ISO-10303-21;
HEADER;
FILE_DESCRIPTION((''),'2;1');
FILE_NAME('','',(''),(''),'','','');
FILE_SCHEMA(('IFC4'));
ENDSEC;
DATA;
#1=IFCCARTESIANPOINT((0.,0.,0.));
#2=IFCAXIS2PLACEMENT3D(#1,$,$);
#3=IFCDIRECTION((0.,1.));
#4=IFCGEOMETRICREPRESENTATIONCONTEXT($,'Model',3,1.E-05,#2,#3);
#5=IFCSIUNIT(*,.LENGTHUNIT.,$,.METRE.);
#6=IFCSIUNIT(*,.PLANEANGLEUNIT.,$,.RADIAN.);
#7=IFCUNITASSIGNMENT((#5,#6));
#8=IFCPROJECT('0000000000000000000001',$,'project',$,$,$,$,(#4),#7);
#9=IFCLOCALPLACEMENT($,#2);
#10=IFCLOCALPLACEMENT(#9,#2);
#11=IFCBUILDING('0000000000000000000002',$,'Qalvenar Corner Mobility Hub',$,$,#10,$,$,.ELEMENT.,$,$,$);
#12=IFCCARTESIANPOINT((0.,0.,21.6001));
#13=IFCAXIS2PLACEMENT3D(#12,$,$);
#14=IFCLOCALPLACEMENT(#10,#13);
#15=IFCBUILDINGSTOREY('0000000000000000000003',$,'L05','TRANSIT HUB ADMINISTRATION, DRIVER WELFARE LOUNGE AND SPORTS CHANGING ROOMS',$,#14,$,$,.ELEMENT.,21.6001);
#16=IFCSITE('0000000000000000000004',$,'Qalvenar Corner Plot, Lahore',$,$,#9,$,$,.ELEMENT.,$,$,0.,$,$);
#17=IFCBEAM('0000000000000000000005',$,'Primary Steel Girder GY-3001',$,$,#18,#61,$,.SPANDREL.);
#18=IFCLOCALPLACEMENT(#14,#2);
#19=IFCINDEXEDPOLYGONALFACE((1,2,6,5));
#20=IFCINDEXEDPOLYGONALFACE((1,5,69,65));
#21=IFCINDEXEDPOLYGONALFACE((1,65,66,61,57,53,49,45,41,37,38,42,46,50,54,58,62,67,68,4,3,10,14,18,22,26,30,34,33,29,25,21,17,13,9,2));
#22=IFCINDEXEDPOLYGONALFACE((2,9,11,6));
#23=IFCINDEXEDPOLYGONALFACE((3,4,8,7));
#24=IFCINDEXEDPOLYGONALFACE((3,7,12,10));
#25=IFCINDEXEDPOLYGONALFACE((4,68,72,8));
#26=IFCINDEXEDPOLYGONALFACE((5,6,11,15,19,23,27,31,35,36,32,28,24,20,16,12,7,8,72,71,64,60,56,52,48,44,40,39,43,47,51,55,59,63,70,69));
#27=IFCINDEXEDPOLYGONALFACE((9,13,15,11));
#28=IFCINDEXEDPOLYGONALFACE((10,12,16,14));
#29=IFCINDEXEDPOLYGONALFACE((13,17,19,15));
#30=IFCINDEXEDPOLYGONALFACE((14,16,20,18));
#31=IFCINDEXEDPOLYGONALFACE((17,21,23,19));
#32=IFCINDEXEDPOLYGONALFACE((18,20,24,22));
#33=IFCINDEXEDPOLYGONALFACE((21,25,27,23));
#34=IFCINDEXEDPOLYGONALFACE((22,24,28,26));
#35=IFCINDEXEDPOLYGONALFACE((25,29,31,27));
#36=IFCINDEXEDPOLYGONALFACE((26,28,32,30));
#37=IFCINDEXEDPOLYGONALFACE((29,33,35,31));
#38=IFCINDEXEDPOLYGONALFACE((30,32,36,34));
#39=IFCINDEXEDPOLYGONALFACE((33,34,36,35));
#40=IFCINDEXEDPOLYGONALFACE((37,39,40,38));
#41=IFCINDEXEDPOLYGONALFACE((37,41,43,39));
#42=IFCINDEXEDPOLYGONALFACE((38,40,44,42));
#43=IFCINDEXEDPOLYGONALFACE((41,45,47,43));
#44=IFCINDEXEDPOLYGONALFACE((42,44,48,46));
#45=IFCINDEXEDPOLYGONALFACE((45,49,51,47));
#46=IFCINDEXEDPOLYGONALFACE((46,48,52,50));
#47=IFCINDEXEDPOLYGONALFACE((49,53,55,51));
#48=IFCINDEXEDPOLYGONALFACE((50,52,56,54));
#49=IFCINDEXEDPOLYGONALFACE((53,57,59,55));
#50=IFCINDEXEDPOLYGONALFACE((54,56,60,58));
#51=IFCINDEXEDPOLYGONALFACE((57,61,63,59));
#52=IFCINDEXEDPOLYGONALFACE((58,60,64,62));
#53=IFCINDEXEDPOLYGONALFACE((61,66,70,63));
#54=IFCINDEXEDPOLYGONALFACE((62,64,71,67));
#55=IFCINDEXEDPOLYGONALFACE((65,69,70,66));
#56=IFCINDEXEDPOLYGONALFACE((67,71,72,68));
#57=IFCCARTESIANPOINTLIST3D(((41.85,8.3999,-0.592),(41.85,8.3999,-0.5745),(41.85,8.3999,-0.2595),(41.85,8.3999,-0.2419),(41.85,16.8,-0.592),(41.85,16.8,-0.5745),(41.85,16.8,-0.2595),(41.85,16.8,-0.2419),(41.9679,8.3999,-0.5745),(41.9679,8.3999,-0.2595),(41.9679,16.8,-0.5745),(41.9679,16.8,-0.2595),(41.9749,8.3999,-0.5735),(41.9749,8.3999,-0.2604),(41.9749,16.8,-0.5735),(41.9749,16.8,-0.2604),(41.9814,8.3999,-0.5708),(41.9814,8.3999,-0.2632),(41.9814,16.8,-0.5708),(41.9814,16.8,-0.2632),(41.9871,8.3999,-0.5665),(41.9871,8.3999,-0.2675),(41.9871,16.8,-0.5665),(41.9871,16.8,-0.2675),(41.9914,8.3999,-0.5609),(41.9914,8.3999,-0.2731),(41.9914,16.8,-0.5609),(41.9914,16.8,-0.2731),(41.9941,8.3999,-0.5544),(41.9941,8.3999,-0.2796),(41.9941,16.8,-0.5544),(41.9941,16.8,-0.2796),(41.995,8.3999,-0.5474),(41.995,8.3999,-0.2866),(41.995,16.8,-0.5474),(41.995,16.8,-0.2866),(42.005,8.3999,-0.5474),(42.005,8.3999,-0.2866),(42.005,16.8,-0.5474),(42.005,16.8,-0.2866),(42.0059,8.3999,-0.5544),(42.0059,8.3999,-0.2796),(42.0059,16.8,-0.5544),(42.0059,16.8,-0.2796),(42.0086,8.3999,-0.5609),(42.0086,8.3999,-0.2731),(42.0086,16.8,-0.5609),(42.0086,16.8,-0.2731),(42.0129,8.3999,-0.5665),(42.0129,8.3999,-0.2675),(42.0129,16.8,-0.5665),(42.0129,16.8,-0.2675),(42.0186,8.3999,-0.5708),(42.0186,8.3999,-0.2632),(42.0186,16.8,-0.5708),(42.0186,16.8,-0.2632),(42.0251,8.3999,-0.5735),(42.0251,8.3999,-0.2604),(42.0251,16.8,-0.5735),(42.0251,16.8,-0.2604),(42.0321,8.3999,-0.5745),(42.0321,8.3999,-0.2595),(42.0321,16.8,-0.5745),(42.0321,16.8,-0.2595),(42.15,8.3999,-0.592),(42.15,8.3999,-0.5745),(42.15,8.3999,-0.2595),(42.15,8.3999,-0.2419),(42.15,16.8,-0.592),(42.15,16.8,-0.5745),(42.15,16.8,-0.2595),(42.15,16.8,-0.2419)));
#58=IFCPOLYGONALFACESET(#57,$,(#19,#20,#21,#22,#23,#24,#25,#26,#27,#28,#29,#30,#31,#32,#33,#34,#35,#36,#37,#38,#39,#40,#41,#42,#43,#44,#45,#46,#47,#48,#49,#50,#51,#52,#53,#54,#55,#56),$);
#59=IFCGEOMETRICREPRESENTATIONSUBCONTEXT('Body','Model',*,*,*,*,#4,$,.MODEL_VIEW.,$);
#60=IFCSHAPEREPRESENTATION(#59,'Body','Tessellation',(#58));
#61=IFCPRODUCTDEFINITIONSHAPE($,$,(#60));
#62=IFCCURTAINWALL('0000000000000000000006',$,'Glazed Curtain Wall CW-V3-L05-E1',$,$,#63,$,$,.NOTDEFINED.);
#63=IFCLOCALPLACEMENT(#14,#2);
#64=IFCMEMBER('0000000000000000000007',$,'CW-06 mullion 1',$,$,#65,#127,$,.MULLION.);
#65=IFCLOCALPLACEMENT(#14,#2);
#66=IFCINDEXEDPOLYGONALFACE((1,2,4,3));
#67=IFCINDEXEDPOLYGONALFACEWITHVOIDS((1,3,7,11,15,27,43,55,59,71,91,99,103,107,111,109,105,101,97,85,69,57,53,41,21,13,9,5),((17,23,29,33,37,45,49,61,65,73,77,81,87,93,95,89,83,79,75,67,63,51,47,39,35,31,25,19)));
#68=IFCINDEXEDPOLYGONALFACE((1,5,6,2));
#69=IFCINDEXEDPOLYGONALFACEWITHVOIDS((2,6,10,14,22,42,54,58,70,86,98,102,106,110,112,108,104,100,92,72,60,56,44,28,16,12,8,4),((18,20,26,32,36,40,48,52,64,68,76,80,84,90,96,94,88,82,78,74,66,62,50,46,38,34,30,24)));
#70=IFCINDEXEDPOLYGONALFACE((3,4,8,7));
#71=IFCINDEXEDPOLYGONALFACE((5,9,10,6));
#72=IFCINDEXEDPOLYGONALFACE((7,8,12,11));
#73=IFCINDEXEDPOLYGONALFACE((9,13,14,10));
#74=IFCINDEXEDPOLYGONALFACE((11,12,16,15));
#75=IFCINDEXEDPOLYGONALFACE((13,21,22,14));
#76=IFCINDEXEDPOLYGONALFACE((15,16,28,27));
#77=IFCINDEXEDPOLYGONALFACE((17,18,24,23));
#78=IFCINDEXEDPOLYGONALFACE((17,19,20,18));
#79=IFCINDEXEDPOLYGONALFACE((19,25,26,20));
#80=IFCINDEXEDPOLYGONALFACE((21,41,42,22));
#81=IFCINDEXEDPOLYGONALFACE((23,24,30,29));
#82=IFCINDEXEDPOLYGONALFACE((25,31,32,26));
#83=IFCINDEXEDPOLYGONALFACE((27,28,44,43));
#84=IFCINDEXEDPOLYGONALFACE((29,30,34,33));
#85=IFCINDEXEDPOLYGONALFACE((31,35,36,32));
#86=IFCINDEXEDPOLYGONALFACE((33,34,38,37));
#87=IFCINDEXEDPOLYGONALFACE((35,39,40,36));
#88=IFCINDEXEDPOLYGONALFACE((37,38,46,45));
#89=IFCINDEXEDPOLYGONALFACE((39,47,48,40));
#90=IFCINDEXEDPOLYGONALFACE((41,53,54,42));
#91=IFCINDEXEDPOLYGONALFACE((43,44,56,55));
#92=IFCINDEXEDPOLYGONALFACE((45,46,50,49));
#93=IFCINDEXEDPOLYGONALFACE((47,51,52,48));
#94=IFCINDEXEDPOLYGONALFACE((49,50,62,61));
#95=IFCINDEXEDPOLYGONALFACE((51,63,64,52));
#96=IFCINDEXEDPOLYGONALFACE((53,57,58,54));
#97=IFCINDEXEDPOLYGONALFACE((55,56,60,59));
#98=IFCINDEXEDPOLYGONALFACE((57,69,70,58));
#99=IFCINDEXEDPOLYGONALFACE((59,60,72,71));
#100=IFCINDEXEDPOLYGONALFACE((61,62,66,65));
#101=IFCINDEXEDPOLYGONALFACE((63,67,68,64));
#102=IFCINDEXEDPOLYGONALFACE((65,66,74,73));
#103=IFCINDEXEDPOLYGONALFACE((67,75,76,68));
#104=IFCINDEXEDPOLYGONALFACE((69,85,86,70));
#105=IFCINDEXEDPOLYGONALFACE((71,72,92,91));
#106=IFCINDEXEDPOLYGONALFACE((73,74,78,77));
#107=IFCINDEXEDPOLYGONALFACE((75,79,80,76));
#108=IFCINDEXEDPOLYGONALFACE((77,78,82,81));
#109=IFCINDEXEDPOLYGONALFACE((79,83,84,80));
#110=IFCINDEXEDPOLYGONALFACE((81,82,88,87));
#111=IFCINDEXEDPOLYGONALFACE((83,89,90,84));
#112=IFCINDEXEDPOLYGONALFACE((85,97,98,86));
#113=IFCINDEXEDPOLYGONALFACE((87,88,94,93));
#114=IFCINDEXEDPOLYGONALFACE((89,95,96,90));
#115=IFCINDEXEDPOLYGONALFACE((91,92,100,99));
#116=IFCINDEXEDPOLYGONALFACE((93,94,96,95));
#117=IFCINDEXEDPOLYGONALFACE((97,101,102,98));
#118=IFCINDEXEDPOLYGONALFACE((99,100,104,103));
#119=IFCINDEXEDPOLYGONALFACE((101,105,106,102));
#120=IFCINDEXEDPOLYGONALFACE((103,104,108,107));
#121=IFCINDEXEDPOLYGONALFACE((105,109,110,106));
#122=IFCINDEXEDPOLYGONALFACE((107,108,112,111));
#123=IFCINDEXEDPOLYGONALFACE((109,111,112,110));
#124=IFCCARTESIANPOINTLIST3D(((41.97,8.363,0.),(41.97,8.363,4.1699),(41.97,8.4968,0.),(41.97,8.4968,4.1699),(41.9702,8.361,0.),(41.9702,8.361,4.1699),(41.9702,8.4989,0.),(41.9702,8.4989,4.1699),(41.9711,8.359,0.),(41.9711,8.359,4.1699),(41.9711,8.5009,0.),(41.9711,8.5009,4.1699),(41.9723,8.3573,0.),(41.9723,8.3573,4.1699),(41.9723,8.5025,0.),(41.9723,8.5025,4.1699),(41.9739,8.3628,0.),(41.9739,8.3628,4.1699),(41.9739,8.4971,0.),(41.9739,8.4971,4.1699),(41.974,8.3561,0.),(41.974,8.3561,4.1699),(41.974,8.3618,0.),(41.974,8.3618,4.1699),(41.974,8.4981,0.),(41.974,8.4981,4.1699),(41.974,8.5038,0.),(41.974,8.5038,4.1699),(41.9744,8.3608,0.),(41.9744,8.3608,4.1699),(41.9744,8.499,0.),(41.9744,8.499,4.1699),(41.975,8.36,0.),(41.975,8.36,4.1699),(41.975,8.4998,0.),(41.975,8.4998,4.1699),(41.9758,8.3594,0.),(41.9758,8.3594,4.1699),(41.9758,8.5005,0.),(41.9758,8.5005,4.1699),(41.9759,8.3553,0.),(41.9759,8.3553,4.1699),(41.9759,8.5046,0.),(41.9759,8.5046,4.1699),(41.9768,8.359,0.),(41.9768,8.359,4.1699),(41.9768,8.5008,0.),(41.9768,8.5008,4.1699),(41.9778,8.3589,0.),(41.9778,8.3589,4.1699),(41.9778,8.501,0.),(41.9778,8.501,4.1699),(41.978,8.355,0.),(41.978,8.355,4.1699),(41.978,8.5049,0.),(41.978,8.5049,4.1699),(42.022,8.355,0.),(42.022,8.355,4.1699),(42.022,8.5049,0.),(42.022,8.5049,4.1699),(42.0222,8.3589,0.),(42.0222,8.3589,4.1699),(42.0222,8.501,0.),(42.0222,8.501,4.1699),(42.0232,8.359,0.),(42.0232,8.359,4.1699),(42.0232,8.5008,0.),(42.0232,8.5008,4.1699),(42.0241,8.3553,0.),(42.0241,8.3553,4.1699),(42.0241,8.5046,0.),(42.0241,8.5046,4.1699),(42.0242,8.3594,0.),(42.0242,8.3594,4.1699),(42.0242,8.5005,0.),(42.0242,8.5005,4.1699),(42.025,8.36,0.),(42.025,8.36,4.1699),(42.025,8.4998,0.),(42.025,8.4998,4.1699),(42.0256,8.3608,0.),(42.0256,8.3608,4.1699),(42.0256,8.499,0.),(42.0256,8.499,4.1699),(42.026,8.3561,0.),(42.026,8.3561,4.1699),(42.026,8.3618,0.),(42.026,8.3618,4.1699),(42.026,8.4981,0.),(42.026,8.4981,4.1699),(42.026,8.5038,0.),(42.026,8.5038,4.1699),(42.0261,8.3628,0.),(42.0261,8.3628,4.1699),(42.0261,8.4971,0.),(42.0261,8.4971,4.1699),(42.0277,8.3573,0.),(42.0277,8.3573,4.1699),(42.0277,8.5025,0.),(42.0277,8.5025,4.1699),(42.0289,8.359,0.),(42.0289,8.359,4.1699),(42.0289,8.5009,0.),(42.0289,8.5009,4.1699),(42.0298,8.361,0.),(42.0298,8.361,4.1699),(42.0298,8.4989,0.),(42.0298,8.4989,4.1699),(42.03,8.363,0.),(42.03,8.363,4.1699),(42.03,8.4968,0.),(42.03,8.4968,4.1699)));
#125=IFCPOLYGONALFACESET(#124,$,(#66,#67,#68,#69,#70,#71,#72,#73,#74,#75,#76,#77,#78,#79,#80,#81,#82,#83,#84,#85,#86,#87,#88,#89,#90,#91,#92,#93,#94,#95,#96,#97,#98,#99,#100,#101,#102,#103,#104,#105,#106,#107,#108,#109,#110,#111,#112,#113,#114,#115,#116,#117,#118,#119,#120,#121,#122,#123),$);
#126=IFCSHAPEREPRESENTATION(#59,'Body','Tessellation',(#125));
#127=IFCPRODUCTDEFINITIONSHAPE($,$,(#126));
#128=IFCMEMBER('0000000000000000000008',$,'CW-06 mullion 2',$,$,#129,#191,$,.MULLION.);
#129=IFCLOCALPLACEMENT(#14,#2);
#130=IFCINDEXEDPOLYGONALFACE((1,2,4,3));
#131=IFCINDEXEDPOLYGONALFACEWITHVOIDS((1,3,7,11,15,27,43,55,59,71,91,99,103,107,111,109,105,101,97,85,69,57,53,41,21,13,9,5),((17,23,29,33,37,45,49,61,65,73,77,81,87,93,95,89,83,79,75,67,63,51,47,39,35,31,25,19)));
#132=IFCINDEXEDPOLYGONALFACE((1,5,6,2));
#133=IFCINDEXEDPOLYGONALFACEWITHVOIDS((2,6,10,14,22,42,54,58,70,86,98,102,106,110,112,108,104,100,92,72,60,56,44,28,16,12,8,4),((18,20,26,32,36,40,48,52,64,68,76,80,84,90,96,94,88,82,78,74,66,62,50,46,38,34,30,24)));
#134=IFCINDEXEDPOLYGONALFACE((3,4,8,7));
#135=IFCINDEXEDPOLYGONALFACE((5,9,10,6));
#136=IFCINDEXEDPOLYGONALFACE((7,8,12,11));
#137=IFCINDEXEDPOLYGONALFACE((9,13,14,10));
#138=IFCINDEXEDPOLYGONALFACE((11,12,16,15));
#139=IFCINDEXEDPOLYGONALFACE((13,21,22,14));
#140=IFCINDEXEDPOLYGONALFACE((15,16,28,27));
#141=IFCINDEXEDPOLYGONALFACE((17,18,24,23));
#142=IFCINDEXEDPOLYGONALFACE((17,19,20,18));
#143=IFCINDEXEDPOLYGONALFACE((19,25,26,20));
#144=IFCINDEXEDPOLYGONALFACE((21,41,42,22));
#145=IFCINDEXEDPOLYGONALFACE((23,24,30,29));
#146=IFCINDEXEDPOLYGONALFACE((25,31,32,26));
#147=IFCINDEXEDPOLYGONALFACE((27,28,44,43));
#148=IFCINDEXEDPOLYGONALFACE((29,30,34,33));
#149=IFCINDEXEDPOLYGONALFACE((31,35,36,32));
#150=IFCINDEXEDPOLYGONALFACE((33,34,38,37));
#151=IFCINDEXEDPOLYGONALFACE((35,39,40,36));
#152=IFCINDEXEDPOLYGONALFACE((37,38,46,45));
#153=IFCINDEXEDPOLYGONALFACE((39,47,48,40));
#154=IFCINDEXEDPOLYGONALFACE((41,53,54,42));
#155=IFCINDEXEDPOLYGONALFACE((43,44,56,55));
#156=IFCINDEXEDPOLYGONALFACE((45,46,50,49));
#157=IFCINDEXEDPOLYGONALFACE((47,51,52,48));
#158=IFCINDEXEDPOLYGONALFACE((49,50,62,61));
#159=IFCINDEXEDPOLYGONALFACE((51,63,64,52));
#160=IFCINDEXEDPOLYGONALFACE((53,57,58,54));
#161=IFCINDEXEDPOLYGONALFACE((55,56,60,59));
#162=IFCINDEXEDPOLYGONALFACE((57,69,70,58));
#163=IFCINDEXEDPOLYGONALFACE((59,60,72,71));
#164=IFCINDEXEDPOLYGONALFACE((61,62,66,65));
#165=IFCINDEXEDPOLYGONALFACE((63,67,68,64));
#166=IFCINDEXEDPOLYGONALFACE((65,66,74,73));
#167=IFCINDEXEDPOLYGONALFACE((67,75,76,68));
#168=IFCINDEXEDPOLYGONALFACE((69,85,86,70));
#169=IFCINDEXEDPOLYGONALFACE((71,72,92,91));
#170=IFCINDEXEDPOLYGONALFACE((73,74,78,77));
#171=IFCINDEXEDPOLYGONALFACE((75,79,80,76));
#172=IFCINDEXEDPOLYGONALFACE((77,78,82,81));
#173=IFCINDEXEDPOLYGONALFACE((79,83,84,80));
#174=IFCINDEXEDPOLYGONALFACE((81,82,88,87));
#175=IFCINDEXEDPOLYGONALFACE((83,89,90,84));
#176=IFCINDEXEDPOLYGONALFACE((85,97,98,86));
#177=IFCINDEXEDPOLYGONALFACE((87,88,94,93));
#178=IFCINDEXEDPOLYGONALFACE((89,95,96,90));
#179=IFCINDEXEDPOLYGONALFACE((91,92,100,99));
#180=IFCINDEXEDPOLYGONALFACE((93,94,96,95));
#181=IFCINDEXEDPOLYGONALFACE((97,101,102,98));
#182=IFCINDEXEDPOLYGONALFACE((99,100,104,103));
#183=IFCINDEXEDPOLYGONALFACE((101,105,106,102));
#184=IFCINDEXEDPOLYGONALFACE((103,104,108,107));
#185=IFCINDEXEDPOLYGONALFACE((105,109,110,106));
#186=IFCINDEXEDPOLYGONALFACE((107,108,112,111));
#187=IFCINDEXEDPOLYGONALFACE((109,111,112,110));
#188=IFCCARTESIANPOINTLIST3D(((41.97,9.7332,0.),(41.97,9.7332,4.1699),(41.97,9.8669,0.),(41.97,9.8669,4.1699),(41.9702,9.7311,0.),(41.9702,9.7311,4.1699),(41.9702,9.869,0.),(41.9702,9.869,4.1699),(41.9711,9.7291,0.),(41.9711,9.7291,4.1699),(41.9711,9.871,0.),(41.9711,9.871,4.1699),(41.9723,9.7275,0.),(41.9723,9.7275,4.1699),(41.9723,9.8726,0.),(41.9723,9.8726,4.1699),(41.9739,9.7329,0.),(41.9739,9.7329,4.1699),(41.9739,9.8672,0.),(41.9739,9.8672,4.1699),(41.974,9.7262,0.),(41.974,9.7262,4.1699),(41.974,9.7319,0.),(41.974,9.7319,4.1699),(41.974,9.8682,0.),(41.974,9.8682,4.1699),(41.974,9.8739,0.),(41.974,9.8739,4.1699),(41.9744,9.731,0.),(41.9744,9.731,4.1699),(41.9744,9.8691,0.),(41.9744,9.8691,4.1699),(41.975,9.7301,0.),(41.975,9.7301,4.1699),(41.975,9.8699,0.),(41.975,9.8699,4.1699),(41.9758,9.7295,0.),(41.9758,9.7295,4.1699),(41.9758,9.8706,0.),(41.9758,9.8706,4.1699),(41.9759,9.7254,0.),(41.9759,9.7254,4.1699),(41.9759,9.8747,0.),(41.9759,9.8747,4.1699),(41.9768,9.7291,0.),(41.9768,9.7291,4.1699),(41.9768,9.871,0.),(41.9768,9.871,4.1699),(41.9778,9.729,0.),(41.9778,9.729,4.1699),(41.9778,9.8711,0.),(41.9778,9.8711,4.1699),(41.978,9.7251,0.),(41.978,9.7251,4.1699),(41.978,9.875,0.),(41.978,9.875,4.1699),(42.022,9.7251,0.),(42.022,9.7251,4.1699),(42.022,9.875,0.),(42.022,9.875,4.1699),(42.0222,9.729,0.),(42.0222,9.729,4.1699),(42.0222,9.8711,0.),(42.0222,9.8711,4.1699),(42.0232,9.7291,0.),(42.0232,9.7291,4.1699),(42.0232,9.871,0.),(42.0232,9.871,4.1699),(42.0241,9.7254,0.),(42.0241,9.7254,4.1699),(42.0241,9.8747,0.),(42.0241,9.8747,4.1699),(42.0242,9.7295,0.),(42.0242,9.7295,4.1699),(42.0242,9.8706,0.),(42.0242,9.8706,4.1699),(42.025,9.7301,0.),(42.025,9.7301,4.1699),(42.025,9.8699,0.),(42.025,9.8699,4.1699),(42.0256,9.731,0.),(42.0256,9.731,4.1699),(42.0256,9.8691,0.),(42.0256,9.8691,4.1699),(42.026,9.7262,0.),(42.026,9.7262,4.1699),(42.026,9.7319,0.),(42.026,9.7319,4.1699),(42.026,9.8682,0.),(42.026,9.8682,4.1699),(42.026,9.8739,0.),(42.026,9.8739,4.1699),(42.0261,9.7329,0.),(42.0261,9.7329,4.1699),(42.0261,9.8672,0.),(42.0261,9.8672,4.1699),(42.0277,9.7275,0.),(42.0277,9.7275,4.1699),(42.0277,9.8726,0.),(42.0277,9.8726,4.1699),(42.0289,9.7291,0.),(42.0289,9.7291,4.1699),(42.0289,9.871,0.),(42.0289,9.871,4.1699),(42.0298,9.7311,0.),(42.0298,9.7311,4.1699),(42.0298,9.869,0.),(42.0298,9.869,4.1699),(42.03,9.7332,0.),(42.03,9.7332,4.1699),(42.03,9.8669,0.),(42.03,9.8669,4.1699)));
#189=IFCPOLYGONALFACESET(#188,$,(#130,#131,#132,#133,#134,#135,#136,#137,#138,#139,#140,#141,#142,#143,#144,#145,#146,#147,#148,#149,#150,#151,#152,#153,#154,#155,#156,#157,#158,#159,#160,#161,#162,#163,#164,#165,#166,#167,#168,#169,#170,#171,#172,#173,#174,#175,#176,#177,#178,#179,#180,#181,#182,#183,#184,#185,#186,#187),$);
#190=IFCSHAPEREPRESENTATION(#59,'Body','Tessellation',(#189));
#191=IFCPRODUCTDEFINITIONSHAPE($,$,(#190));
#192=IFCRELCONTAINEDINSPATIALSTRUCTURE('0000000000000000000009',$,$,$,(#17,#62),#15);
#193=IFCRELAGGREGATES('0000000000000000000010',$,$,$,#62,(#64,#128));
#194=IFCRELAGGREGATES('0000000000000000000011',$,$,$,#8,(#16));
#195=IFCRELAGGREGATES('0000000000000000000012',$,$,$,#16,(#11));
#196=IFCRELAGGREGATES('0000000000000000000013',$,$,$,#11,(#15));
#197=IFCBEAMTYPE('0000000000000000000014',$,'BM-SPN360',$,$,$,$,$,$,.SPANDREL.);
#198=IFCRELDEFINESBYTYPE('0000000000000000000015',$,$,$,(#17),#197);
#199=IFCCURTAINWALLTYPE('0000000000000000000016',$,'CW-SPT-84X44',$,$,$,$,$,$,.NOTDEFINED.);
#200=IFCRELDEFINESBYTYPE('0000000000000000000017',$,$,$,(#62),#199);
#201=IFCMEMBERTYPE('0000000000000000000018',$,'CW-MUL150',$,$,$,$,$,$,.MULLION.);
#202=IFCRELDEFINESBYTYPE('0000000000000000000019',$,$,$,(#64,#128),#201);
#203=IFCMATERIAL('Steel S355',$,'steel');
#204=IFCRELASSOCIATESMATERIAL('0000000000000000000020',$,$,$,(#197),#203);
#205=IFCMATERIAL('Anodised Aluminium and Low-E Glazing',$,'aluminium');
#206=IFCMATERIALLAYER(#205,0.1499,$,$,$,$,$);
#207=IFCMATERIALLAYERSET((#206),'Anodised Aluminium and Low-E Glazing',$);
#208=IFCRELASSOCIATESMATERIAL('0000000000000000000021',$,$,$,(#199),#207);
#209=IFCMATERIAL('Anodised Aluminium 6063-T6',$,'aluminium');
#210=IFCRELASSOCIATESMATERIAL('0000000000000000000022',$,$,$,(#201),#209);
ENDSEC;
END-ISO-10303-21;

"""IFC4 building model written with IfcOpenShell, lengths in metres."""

from ifc_helpers import new_model, si_unit, direction, frame, origin, origin_2d, place, context, subcontext, project, spatial, hollow_rectangle, i_section, extrude, material, layer, layer_set, material_profile, profile_set, type_object, element, aggregate, save


model = new_model("IFC4")

# Units and contexts
model_context = context("Model", 3, precision=1e-05, world=origin(), true_north=direction((0.0, 1.0)))
body_context = subcontext(model_context, "Body", "Model", "MODEL_VIEW")
ifc_project = project(units=[si_unit("LENGTHUNIT", "METRE"), si_unit("PLANEANGLEUNIT", "RADIAN")], contexts=[model_context])

# Site, building, storey
site_placement = place(None, origin())
site = spatial("IfcSite", under=ifc_project, at=site_placement, Name="Qalvenar Corner Plot, Lahore", CompositionType="ELEMENT", RefElevation=0.0)
building_placement = place(site_placement, origin())
building = spatial("IfcBuilding", under=site, at=building_placement, Name="Qalvenar Corner Mobility Hub", CompositionType="ELEMENT")
storey_placement = place(building_placement, frame((0.0, 0.0, 21.6001)))
storey = spatial("IfcBuildingStorey", under=building, at=storey_placement, Name="L05", Description="TRANSIT HUB ADMINISTRATION, DRIVER WELFARE LOUNGE AND SPORTS CHANGING ROOMS", CompositionType="ELEMENT", Elevation=21.6001)

# Beam
ifc_material_1 = material(Name="Steel S355", Category="steel")
ifc_material_profile_1 = material_profile(ifc_material_1, i_section(OverallWidth=0.3, OverallDepth=0.3501, WebThickness=0.01, FlangeThickness=0.0176, FilletRadius=0.0271, at=origin_2d()), Name="HEA360")
ifc_profile_set_1 = profile_set([ifc_material_profile_1], Name="Steel S355")
beam_type = type_object("IfcBeamType", Name="BM-SPN360", PredefinedType="SPANDREL", material=ifc_profile_set_1)
beam_placement = place(storey_placement, frame((42.0, 8.3999, -0.417), z_axis=(0.0, 1.0, 0.0), x_axis=(-1.0, 0.0, 0.0)))
element("IfcBeam", 1, at=beam_placement, inside=storey, type_object=beam_type, Name="Primary Steel Girder GY-3001", PredefinedType="SPANDREL", context=body_context, shape_type="SweptSolid", body=[
    extrude(i_section(OverallWidth=0.3, OverallDepth=0.3501, WebThickness=0.01, FlangeThickness=0.0176, FilletRadius=0.0271, at=origin_2d()), origin(), (0.0, 0.0, 1.0), 8.4001),
])

# Curtain wall, members
ifc_material_2 = material(Name="Anodised Aluminium and Low-E Glazing", Category="aluminium")
ifc_layer_1 = layer(ifc_material_2, 0.1499)
ifc_layer_set_1 = layer_set([ifc_layer_1], Name="Anodised Aluminium and Low-E Glazing")
curtain_wall_type = type_object("IfcCurtainWallType", Name="CW-SPT-84X44", PredefinedType="NOTDEFINED", material=ifc_layer_set_1)
curtain_wall_placement = place(storey_placement, origin())
curtain_wall = element("IfcCurtainWall", 2, at=curtain_wall_placement, inside=storey, type_object=curtain_wall_type, Name="Glazed Curtain Wall CW-V3-L05-E1", PredefinedType="NOTDEFINED")
ifc_material_3 = material(Name="Anodised Aluminium 6063-T6", Category="aluminium")
ifc_material_profile_2 = material_profile(ifc_material_3, hollow_rectangle(XDim=0.0601, YDim=0.1499, WallThickness=0.0039, InnerFilletRadius=0.0039, OuterFilletRadius=0.0081, at=origin_2d()), Name="RHS150x60x4")
ifc_profile_set_2 = profile_set([ifc_material_profile_2], Name="Anodised Aluminium 6063-T6")
member_type_1 = type_object("IfcMemberType", Name="CW-MUL150", PredefinedType="MULLION", material=ifc_profile_set_2)
member_1_placement = place(storey_placement, frame((42.0, 8.4299, 0.0), z_axis=(0.0, 0.0, 1.0), x_axis=(-1.0, 0.0, 0.0)))
member_1 = element("IfcMember", 3, at=member_1_placement, type_object=member_type_1, Name="CW-06 mullion 1", PredefinedType="MULLION", context=body_context, shape_type="SweptSolid", body=[
    extrude(hollow_rectangle(XDim=0.0601, YDim=0.1499, WallThickness=0.0039, InnerFilletRadius=0.0039, OuterFilletRadius=0.0081, at=origin_2d()), origin(), (0.0, 0.0, 1.0), 4.1699),
])
member_2_placement = place(storey_placement, frame((42.0, 9.8, 0.0), z_axis=(0.0, 0.0, 1.0), x_axis=(-1.0, 0.0, 0.0)))
member_2 = element("IfcMember", 4, at=member_2_placement, type_object=member_type_1, Name="CW-06 mullion 2", PredefinedType="MULLION", context=body_context, shape_type="SweptSolid", body=[
    extrude(hollow_rectangle(XDim=0.0601, YDim=0.1499, WallThickness=0.0039, InnerFilletRadius=0.0039, OuterFilletRadius=0.0081, at=origin_2d()), origin(), (0.0, 0.0, 1.0), 4.1699),
])
aggregate(curtain_wall, [member_1, member_2])

save(model, "model.ifc")
